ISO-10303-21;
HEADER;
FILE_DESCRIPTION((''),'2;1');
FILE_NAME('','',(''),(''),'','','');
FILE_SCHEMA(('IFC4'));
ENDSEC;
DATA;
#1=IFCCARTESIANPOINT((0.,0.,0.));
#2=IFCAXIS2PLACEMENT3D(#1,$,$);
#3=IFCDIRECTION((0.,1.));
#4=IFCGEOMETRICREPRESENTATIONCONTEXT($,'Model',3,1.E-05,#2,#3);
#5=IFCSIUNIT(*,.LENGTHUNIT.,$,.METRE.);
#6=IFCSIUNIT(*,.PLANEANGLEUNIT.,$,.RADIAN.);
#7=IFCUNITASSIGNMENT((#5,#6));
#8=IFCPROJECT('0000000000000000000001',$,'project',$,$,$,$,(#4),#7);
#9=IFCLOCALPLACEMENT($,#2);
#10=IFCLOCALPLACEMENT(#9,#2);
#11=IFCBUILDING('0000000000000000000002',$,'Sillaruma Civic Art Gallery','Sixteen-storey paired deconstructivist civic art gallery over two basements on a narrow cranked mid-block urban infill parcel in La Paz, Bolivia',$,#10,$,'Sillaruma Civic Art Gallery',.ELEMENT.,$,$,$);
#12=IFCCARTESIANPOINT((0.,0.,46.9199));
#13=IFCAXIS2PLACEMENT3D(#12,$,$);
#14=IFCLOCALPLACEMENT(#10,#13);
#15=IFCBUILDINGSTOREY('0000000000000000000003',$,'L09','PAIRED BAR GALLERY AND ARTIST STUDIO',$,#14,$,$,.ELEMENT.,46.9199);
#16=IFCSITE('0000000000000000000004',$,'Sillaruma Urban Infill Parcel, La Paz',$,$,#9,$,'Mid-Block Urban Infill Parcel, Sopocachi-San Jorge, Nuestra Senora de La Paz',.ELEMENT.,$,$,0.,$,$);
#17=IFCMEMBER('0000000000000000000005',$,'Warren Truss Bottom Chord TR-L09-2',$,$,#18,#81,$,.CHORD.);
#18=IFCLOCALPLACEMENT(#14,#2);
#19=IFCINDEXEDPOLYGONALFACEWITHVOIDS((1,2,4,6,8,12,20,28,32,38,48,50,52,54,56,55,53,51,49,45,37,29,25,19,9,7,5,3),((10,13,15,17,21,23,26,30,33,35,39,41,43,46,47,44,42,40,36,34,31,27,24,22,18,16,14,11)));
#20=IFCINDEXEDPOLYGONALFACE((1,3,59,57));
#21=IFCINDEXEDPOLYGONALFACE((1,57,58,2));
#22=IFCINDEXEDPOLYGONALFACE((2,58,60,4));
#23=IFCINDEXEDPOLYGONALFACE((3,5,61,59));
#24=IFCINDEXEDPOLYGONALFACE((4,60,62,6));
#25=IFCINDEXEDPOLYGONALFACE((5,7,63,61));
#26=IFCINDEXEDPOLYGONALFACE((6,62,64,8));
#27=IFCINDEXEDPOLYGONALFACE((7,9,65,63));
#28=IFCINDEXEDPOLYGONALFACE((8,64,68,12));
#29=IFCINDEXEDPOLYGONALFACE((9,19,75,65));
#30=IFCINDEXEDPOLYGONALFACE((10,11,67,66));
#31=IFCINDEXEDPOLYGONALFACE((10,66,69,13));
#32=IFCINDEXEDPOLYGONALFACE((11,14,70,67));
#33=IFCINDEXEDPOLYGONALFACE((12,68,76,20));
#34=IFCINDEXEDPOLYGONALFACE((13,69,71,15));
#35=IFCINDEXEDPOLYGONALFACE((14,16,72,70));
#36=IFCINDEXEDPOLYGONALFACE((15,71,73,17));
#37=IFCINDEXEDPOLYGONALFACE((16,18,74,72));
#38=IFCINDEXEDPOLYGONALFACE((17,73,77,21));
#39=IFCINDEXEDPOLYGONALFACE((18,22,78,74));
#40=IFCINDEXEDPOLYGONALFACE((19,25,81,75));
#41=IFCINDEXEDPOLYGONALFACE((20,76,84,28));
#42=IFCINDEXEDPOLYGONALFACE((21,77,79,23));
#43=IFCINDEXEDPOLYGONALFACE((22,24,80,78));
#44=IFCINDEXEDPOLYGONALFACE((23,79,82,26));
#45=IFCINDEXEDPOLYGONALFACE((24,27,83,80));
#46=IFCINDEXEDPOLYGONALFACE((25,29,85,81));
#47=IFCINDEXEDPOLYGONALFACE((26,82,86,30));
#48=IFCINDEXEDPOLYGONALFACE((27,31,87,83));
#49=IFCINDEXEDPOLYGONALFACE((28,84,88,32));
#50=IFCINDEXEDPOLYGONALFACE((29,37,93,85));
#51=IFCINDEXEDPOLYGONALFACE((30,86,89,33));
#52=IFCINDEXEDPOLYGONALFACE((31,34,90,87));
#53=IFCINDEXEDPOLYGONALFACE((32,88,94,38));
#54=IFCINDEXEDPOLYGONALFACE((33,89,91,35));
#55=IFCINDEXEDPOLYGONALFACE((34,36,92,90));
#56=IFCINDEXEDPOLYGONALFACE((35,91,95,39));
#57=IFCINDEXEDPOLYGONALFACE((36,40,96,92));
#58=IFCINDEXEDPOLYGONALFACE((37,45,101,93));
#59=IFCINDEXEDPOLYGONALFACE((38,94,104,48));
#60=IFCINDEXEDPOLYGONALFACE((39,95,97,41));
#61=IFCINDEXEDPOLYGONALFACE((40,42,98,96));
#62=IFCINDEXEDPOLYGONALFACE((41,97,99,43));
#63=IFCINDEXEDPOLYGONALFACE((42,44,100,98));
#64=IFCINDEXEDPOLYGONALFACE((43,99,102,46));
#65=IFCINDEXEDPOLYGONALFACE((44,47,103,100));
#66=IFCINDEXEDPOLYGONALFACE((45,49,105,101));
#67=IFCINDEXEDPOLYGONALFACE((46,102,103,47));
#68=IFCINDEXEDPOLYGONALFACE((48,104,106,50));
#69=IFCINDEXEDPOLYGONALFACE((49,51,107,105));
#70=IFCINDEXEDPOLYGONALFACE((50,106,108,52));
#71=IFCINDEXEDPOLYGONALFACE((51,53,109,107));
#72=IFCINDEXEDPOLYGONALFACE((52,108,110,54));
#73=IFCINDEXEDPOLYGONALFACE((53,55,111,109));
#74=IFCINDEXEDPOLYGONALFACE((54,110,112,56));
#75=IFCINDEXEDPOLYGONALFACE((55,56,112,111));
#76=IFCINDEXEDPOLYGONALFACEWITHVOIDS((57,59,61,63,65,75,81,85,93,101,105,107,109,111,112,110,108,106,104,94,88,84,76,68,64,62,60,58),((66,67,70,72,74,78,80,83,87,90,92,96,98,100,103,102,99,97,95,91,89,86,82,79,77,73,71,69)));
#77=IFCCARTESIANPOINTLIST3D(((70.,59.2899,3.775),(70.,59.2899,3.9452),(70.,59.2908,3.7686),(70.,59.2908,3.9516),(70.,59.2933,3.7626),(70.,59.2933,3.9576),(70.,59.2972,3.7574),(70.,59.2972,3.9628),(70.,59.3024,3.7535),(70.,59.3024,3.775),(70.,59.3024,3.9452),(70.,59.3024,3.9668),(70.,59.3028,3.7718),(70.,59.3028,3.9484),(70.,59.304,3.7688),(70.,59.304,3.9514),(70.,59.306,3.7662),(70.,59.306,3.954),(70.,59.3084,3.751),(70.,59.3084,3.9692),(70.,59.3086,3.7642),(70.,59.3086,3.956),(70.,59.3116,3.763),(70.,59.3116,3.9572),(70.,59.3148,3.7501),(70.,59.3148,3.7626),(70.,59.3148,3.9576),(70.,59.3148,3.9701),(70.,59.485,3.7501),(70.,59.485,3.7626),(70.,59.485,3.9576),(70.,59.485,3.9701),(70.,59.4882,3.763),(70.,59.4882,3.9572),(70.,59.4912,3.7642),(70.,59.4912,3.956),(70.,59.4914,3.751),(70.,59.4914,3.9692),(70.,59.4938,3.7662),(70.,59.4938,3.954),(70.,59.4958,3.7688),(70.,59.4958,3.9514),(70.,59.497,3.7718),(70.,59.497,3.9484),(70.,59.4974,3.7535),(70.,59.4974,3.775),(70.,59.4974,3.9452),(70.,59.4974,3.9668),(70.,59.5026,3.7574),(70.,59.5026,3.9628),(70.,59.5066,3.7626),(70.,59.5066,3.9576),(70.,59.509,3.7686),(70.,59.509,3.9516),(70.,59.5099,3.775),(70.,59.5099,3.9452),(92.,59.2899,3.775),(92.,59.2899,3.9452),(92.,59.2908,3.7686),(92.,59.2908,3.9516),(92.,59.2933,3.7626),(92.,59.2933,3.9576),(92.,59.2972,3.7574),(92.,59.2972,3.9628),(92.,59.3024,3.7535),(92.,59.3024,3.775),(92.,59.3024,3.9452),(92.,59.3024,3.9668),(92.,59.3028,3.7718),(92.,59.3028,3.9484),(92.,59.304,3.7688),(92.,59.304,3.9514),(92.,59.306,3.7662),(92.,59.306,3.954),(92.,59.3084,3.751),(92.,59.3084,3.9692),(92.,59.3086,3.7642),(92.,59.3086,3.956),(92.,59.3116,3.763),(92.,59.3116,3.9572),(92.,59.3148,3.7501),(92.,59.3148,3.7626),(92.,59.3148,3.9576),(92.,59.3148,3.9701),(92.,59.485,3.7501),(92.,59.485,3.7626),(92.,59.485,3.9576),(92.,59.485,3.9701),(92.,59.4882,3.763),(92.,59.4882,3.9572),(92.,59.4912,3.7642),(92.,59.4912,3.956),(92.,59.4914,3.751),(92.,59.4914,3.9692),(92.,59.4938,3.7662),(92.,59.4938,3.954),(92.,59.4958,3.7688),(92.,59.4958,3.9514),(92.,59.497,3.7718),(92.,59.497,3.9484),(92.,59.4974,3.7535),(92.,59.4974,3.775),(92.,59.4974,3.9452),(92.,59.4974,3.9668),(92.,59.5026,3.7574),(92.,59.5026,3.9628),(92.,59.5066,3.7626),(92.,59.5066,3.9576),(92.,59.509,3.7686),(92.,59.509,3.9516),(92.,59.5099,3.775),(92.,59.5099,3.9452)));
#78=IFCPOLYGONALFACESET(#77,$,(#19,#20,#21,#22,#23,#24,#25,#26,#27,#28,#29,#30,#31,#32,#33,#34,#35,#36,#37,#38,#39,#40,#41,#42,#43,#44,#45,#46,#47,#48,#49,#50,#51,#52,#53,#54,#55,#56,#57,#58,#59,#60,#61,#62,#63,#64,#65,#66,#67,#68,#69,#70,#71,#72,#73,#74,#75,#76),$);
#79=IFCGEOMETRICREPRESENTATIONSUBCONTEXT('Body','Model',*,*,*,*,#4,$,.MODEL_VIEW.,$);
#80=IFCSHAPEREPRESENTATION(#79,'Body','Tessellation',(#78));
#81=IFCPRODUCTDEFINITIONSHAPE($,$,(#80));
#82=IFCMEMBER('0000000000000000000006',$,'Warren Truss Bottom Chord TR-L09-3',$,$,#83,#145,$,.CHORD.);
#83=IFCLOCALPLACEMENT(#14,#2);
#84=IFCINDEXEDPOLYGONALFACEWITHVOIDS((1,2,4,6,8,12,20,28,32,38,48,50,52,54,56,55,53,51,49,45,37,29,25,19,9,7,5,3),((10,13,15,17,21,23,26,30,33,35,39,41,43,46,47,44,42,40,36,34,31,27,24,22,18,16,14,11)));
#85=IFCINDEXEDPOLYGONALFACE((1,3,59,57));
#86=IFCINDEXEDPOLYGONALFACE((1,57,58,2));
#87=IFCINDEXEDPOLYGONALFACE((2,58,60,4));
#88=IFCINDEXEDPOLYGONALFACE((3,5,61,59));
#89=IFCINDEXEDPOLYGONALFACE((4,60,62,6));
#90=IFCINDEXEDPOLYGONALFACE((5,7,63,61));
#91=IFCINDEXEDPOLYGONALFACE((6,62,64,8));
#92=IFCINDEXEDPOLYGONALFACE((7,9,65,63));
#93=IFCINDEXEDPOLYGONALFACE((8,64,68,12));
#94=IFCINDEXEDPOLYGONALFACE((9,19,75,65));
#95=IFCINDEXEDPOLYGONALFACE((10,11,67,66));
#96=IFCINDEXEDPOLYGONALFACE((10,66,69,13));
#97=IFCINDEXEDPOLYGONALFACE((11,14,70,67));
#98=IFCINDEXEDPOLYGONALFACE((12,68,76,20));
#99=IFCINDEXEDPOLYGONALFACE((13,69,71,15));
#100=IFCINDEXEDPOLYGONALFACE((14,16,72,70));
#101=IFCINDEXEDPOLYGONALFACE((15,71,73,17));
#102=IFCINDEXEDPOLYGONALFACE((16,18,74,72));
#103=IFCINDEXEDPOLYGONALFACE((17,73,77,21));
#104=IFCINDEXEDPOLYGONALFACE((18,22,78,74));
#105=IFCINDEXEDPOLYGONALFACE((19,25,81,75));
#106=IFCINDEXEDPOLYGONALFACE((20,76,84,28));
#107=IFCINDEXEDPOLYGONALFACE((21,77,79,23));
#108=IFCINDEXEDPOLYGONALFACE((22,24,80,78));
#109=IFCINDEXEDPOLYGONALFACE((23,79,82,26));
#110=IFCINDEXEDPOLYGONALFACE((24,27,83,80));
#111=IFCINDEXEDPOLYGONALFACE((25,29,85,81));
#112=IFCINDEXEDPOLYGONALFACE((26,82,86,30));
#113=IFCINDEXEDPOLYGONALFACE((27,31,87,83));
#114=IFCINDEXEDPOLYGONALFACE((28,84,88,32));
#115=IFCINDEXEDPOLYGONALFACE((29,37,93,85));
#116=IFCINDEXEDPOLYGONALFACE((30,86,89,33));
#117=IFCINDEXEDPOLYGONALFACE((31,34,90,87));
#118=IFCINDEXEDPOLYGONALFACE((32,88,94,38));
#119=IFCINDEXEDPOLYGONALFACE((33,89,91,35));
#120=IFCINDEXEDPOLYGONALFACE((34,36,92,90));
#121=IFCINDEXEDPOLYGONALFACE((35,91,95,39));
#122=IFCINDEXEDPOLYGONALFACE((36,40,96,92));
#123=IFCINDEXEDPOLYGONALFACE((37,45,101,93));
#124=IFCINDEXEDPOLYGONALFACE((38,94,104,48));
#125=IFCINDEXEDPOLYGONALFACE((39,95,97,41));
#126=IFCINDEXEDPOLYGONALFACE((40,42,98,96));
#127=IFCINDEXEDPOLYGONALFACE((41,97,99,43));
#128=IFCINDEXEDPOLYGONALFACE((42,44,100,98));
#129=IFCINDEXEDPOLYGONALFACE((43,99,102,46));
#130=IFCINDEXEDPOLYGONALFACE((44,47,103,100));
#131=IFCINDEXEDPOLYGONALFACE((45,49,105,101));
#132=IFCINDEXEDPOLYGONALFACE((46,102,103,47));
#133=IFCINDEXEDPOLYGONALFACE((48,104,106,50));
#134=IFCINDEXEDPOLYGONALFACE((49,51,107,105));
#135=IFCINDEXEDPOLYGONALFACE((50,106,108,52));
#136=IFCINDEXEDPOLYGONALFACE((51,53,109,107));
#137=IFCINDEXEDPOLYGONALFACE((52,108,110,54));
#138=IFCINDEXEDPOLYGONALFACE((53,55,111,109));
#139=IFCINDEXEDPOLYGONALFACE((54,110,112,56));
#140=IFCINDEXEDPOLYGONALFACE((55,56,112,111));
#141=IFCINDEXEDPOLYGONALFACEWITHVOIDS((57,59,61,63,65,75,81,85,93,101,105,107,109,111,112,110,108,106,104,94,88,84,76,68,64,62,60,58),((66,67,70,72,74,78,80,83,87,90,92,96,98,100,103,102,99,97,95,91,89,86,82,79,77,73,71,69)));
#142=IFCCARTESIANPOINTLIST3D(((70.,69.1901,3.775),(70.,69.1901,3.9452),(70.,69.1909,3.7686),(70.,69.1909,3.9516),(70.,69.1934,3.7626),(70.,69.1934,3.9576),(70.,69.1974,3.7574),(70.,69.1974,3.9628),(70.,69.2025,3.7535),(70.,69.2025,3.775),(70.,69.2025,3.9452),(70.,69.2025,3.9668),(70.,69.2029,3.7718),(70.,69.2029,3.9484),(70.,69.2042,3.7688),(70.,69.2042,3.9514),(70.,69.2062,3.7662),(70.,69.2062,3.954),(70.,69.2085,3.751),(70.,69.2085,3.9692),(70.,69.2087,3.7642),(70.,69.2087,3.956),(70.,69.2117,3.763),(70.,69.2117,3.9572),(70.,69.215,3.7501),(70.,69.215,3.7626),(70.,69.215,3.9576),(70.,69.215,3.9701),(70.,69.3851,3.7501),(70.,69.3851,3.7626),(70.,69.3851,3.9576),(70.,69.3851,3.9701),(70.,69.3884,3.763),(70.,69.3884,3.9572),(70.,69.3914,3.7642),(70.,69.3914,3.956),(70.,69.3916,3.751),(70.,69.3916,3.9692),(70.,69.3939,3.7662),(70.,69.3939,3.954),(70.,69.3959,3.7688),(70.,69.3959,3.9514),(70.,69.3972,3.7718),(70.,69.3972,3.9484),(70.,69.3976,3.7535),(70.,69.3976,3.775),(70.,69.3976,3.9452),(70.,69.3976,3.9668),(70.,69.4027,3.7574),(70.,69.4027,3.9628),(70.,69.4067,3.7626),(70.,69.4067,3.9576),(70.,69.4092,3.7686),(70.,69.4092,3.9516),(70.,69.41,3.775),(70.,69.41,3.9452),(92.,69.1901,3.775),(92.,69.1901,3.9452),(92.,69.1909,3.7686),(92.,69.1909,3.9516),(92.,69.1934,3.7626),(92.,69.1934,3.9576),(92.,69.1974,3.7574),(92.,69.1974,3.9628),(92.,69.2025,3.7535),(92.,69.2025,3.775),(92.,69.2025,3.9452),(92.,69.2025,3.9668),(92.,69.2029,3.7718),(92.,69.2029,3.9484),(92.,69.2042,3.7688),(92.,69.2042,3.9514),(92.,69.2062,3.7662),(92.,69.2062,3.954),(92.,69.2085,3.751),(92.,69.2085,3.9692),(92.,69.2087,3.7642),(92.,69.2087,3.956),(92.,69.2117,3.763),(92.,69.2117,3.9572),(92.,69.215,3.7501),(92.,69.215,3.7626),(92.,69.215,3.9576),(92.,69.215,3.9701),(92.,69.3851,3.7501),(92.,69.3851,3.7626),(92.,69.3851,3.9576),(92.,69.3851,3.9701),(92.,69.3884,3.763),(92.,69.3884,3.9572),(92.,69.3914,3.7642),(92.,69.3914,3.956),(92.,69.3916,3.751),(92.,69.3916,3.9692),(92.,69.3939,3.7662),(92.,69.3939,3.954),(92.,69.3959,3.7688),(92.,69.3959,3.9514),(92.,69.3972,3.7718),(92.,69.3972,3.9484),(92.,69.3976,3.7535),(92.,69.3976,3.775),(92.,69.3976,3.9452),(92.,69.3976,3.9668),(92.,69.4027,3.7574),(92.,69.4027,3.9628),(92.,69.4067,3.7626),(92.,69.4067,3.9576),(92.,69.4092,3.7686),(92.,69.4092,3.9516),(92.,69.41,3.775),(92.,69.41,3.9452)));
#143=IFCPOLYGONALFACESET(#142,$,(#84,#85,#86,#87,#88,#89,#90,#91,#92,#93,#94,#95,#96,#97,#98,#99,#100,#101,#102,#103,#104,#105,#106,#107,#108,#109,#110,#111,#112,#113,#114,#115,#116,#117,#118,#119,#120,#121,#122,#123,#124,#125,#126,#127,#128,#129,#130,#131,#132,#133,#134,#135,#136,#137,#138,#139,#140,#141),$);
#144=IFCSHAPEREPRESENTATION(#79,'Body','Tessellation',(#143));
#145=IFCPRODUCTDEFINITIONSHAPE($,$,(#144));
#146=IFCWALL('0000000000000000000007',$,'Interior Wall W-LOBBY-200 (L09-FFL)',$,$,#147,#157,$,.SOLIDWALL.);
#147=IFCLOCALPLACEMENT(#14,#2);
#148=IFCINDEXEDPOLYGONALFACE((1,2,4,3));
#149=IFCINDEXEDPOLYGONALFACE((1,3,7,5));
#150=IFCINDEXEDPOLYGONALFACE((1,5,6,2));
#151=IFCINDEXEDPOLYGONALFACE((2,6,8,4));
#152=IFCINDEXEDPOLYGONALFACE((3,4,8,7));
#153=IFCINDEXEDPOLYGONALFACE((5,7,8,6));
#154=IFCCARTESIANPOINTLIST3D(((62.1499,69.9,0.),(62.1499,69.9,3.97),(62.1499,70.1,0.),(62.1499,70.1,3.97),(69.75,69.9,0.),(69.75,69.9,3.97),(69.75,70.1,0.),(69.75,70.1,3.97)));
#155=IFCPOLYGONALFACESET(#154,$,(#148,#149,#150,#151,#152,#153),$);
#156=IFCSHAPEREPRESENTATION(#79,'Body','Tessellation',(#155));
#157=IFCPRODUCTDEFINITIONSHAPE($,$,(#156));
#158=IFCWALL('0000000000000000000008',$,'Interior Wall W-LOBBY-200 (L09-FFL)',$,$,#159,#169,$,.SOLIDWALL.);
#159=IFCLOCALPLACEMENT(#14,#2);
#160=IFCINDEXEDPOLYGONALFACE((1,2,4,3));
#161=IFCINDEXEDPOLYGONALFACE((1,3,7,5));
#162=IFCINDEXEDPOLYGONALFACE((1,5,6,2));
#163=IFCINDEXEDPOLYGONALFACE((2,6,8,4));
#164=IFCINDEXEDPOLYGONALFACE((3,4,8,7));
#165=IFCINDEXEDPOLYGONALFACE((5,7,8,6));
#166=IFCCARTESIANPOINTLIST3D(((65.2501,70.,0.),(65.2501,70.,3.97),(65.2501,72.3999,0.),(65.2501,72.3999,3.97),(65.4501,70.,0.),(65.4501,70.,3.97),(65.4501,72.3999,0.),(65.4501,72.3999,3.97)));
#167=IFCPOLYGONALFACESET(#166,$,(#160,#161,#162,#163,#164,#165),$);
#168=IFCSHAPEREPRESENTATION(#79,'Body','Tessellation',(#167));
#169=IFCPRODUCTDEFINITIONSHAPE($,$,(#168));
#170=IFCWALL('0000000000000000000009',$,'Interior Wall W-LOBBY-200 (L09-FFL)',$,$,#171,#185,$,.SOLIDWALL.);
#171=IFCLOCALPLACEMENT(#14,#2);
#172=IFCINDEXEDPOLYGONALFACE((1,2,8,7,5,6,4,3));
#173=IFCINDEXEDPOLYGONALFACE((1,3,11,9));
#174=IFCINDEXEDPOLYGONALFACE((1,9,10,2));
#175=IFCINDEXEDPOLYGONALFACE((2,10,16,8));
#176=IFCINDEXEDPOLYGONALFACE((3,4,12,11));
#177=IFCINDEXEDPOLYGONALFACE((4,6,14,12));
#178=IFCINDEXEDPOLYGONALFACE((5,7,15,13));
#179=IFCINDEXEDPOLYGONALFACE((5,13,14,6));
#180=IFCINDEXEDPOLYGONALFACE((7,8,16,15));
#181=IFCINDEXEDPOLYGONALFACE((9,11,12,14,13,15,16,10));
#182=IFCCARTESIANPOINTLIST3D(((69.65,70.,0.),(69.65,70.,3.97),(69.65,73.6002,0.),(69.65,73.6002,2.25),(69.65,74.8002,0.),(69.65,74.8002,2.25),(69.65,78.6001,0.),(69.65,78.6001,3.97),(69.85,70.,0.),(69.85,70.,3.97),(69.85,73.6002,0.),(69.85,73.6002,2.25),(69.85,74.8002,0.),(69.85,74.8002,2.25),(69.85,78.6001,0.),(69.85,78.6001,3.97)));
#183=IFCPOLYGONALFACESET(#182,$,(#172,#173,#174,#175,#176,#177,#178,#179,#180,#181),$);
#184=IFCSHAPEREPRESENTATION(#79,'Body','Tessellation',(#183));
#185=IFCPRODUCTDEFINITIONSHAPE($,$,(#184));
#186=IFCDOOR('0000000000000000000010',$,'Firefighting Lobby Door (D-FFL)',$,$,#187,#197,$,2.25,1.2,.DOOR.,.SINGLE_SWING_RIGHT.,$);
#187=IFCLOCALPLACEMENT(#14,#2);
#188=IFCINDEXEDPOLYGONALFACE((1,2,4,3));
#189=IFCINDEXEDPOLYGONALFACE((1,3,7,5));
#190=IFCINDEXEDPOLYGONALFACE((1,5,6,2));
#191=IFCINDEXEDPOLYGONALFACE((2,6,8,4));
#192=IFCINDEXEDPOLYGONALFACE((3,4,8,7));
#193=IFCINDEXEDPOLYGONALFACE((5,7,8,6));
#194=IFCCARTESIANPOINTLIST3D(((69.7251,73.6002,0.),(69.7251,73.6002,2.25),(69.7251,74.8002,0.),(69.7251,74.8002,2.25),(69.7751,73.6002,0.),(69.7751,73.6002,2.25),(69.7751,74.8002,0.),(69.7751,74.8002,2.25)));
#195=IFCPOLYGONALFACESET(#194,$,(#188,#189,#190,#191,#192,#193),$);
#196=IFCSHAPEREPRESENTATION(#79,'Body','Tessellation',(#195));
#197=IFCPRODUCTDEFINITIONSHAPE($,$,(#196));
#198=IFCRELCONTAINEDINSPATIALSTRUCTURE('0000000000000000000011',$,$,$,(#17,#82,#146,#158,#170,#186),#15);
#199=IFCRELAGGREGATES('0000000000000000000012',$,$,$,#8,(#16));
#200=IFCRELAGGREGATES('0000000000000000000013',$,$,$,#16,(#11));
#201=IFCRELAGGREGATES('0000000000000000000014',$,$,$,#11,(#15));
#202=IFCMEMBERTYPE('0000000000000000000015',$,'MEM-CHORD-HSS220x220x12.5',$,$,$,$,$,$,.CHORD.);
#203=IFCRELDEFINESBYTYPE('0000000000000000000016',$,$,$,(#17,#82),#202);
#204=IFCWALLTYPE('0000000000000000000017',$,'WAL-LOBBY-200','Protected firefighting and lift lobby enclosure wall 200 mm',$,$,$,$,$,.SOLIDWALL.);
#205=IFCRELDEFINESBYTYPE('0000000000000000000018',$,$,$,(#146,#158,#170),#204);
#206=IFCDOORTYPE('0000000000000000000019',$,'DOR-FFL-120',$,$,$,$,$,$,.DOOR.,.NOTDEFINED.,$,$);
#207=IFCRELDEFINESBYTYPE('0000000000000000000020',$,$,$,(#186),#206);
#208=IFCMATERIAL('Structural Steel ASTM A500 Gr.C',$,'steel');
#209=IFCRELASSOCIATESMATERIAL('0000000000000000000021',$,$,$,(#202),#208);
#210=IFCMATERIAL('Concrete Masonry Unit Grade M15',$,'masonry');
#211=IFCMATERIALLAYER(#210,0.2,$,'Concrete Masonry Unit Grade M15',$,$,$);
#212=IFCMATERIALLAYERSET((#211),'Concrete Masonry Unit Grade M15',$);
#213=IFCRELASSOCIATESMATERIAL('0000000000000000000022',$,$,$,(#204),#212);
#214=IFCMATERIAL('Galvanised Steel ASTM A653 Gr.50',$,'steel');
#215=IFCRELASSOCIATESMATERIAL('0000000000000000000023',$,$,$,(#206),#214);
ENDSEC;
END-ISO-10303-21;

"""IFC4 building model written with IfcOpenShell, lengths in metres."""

from ifc_helpers import new_model, si_unit, direction, frame, frame_2d, origin, origin_2d, place, context, subcontext, project, spatial, rectangle, hollow_rectangle, extrude, material, layer, layer_set, material_profile, profile_set, type_object, element, fill, save


model = new_model("IFC4")

# Units and contexts
model_context = context("Model", 3, precision=1e-05, world=origin(), true_north=direction((0.0, 1.0)))
body_context = subcontext(model_context, "Body", "Model", "MODEL_VIEW")
ifc_project = project(units=[si_unit("LENGTHUNIT", "METRE"), si_unit("PLANEANGLEUNIT", "RADIAN")], contexts=[model_context])

# Site, building, storey
site_placement = place(None, origin())
site = spatial("IfcSite", under=ifc_project, at=site_placement, Name="Sillaruma Urban Infill Parcel, La Paz", LongName="Mid-Block Urban Infill Parcel, Sopocachi-San Jorge, Nuestra Senora de La Paz", CompositionType="ELEMENT", RefElevation=0.0)
building_placement = place(site_placement, origin())
building = spatial("IfcBuilding", under=site, at=building_placement, Name="Sillaruma Civic Art Gallery", Description="Sixteen-storey paired deconstructivist civic art gallery over two basements on a narrow cranked mid-block urban infill parcel in La Paz, Bolivia", LongName="Sillaruma Civic Art Gallery", CompositionType="ELEMENT")
storey_placement = place(building_placement, frame((0.0, 0.0, 46.9199)))
storey = spatial("IfcBuildingStorey", under=building, at=storey_placement, Name="L09", Description="PAIRED BAR GALLERY AND ARTIST STUDIO", CompositionType="ELEMENT", Elevation=46.9199)

# Members
ifc_material_1 = material(Name="Structural Steel ASTM A500 Gr.C", Category="steel")
ifc_material_profile_1 = material_profile(ifc_material_1, hollow_rectangle(XDim=0.22, YDim=0.22, WallThickness=0.0125, InnerFilletRadius=0.0125, OuterFilletRadius=0.0249, at=origin_2d()), Name="HSS220x220x12.5")
ifc_profile_set_1 = profile_set([ifc_material_profile_1], Name="Structural Steel ASTM A500 Gr.C")
member_type_1 = type_object("IfcMemberType", Name="MEM-CHORD-HSS220x220x12.5", PredefinedType="CHORD", material=ifc_profile_set_1)
for number, where, z_axis, x_axis, name in (
    (1, (70.0, 59.3999, 3.8601), (1.0, 0.0, 0.0), (0.0, 1.0, 0.0), "Warren Truss Bottom Chord TR-L09-2"),
    (2, (70.0, 69.3, 3.8601), (1.0, 0.0, 0.0), (0.0, 1.0, 0.0), "Warren Truss Bottom Chord TR-L09-3"),
):
    element("IfcMember", number, at=place(storey_placement, frame(where, z_axis=z_axis, x_axis=x_axis)), inside=storey, type_object=member_type_1, Name=name, PredefinedType="CHORD", context=body_context, shape_type="SweptSolid", body=[
        extrude(hollow_rectangle(XDim=0.22, YDim=0.22, WallThickness=0.0125, InnerFilletRadius=0.0125, OuterFilletRadius=0.0249, at=origin_2d()), origin(), (0.0, 0.0, 1.0), 22.0),
    ])

# Walls
ifc_material_2 = material(Name="Concrete Masonry Unit Grade M15", Category="masonry")
ifc_layer_1 = layer(ifc_material_2, 0.2, Name="Concrete Masonry Unit Grade M15")
ifc_layer_set_1 = layer_set([ifc_layer_1], Name="Concrete Masonry Unit Grade M15")
wall_type_1 = type_object("IfcWallType", Name="WAL-LOBBY-200", Description="Protected firefighting and lift lobby enclosure wall 200 mm", PredefinedType="SOLIDWALL", material=ifc_layer_set_1)
wall_1_placement = place(storey_placement, frame((62.1499, 70.0, 0.0), z_axis=(0.0, 0.0, 1.0), x_axis=(1.0, 0.0, 0.0)))
element("IfcWall", 3, at=wall_1_placement, inside=storey, type_object=wall_type_1, Name="Interior Wall W-LOBBY-200 (L09-FFL)", PredefinedType="SOLIDWALL", context=body_context, shape_type="SweptSolid", body=[
    extrude(rectangle(XDim=7.6001, YDim=0.2, at=frame_2d((3.8, 0.0))), origin(), (0.0, 0.0, 1.0), 3.97),
])
wall_2_placement = place(storey_placement, frame((65.3501, 70.0, 0.0), z_axis=(0.0, 0.0, 1.0), x_axis=(0.0, 1.0, 0.0)))
element("IfcWall", 4, at=wall_2_placement, inside=storey, type_object=wall_type_1, Name="Interior Wall W-LOBBY-200 (L09-FFL)", PredefinedType="SOLIDWALL", context=body_context, shape_type="SweptSolid", body=[
    extrude(rectangle(XDim=2.3999, YDim=0.2, at=frame_2d((1.2, 0.0))), origin(), (0.0, 0.0, 1.0), 3.97),
])

# Wall, opening, door
wall_3_placement = place(storey_placement, frame((69.75, 70.0, 0.0), z_axis=(0.0, 0.0, 1.0), x_axis=(0.0, 1.0, 0.0)))
wall_3 = element("IfcWall", 5, at=wall_3_placement, inside=storey, type_object=wall_type_1, Name="Interior Wall W-LOBBY-200 (L09-FFL)", PredefinedType="SOLIDWALL", context=body_context, shape_type="SweptSolid", body=[
    extrude(rectangle(XDim=8.6001, YDim=0.2, at=frame_2d((4.3, 0.0))), origin(), (0.0, 0.0, 1.0), 3.97),
])
opening_1_placement = place(wall_3_placement, frame((3.6001, 0.0, 0.0)))
opening_1 = element("IfcOpeningElement", 6, at=opening_1_placement, cuts=wall_3, PredefinedType="OPENING", context=body_context, shape_type="SweptSolid", body=[
    extrude(rectangle(XDim=1.2, YDim=2.25, at=frame_2d((0.6001, 1.125))), frame((0.0, 0.1099, 0.0), z_axis=(0.0, -1.0, 0.0), x_axis=(1.0, 0.0, 0.0)), (0.0, 0.0, 1.0), 0.22),
])
ifc_material_3 = material(Name="Galvanised Steel ASTM A653 Gr.50", Category="steel")
door_type_1 = type_object("IfcDoorType", Name="DOR-FFL-120", OperationType="NOTDEFINED", PredefinedType="DOOR", material=ifc_material_3)
door_1_placement = place(opening_1_placement, origin())
door_1 = element("IfcDoor", 7, at=door_1_placement, inside=storey, type_object=door_type_1, Name="Firefighting Lobby Door (D-FFL)", OperationType="SINGLE_SWING_RIGHT", OverallHeight=2.25, OverallWidth=1.2, PredefinedType="DOOR", context=body_context, shape_type="SweptSolid", body=[
    extrude(rectangle(XDim=1.2, YDim=2.25, at=frame_2d((0.6001, 1.125))), frame((0.0, 0.0249, 0.0), z_axis=(0.0, -1.0, 0.0), x_axis=(1.0, 0.0, 0.0)), (0.0, 0.0, 1.0), 0.05),
])
fill(opening_1, door_1)

save(model, "model.ifc")
